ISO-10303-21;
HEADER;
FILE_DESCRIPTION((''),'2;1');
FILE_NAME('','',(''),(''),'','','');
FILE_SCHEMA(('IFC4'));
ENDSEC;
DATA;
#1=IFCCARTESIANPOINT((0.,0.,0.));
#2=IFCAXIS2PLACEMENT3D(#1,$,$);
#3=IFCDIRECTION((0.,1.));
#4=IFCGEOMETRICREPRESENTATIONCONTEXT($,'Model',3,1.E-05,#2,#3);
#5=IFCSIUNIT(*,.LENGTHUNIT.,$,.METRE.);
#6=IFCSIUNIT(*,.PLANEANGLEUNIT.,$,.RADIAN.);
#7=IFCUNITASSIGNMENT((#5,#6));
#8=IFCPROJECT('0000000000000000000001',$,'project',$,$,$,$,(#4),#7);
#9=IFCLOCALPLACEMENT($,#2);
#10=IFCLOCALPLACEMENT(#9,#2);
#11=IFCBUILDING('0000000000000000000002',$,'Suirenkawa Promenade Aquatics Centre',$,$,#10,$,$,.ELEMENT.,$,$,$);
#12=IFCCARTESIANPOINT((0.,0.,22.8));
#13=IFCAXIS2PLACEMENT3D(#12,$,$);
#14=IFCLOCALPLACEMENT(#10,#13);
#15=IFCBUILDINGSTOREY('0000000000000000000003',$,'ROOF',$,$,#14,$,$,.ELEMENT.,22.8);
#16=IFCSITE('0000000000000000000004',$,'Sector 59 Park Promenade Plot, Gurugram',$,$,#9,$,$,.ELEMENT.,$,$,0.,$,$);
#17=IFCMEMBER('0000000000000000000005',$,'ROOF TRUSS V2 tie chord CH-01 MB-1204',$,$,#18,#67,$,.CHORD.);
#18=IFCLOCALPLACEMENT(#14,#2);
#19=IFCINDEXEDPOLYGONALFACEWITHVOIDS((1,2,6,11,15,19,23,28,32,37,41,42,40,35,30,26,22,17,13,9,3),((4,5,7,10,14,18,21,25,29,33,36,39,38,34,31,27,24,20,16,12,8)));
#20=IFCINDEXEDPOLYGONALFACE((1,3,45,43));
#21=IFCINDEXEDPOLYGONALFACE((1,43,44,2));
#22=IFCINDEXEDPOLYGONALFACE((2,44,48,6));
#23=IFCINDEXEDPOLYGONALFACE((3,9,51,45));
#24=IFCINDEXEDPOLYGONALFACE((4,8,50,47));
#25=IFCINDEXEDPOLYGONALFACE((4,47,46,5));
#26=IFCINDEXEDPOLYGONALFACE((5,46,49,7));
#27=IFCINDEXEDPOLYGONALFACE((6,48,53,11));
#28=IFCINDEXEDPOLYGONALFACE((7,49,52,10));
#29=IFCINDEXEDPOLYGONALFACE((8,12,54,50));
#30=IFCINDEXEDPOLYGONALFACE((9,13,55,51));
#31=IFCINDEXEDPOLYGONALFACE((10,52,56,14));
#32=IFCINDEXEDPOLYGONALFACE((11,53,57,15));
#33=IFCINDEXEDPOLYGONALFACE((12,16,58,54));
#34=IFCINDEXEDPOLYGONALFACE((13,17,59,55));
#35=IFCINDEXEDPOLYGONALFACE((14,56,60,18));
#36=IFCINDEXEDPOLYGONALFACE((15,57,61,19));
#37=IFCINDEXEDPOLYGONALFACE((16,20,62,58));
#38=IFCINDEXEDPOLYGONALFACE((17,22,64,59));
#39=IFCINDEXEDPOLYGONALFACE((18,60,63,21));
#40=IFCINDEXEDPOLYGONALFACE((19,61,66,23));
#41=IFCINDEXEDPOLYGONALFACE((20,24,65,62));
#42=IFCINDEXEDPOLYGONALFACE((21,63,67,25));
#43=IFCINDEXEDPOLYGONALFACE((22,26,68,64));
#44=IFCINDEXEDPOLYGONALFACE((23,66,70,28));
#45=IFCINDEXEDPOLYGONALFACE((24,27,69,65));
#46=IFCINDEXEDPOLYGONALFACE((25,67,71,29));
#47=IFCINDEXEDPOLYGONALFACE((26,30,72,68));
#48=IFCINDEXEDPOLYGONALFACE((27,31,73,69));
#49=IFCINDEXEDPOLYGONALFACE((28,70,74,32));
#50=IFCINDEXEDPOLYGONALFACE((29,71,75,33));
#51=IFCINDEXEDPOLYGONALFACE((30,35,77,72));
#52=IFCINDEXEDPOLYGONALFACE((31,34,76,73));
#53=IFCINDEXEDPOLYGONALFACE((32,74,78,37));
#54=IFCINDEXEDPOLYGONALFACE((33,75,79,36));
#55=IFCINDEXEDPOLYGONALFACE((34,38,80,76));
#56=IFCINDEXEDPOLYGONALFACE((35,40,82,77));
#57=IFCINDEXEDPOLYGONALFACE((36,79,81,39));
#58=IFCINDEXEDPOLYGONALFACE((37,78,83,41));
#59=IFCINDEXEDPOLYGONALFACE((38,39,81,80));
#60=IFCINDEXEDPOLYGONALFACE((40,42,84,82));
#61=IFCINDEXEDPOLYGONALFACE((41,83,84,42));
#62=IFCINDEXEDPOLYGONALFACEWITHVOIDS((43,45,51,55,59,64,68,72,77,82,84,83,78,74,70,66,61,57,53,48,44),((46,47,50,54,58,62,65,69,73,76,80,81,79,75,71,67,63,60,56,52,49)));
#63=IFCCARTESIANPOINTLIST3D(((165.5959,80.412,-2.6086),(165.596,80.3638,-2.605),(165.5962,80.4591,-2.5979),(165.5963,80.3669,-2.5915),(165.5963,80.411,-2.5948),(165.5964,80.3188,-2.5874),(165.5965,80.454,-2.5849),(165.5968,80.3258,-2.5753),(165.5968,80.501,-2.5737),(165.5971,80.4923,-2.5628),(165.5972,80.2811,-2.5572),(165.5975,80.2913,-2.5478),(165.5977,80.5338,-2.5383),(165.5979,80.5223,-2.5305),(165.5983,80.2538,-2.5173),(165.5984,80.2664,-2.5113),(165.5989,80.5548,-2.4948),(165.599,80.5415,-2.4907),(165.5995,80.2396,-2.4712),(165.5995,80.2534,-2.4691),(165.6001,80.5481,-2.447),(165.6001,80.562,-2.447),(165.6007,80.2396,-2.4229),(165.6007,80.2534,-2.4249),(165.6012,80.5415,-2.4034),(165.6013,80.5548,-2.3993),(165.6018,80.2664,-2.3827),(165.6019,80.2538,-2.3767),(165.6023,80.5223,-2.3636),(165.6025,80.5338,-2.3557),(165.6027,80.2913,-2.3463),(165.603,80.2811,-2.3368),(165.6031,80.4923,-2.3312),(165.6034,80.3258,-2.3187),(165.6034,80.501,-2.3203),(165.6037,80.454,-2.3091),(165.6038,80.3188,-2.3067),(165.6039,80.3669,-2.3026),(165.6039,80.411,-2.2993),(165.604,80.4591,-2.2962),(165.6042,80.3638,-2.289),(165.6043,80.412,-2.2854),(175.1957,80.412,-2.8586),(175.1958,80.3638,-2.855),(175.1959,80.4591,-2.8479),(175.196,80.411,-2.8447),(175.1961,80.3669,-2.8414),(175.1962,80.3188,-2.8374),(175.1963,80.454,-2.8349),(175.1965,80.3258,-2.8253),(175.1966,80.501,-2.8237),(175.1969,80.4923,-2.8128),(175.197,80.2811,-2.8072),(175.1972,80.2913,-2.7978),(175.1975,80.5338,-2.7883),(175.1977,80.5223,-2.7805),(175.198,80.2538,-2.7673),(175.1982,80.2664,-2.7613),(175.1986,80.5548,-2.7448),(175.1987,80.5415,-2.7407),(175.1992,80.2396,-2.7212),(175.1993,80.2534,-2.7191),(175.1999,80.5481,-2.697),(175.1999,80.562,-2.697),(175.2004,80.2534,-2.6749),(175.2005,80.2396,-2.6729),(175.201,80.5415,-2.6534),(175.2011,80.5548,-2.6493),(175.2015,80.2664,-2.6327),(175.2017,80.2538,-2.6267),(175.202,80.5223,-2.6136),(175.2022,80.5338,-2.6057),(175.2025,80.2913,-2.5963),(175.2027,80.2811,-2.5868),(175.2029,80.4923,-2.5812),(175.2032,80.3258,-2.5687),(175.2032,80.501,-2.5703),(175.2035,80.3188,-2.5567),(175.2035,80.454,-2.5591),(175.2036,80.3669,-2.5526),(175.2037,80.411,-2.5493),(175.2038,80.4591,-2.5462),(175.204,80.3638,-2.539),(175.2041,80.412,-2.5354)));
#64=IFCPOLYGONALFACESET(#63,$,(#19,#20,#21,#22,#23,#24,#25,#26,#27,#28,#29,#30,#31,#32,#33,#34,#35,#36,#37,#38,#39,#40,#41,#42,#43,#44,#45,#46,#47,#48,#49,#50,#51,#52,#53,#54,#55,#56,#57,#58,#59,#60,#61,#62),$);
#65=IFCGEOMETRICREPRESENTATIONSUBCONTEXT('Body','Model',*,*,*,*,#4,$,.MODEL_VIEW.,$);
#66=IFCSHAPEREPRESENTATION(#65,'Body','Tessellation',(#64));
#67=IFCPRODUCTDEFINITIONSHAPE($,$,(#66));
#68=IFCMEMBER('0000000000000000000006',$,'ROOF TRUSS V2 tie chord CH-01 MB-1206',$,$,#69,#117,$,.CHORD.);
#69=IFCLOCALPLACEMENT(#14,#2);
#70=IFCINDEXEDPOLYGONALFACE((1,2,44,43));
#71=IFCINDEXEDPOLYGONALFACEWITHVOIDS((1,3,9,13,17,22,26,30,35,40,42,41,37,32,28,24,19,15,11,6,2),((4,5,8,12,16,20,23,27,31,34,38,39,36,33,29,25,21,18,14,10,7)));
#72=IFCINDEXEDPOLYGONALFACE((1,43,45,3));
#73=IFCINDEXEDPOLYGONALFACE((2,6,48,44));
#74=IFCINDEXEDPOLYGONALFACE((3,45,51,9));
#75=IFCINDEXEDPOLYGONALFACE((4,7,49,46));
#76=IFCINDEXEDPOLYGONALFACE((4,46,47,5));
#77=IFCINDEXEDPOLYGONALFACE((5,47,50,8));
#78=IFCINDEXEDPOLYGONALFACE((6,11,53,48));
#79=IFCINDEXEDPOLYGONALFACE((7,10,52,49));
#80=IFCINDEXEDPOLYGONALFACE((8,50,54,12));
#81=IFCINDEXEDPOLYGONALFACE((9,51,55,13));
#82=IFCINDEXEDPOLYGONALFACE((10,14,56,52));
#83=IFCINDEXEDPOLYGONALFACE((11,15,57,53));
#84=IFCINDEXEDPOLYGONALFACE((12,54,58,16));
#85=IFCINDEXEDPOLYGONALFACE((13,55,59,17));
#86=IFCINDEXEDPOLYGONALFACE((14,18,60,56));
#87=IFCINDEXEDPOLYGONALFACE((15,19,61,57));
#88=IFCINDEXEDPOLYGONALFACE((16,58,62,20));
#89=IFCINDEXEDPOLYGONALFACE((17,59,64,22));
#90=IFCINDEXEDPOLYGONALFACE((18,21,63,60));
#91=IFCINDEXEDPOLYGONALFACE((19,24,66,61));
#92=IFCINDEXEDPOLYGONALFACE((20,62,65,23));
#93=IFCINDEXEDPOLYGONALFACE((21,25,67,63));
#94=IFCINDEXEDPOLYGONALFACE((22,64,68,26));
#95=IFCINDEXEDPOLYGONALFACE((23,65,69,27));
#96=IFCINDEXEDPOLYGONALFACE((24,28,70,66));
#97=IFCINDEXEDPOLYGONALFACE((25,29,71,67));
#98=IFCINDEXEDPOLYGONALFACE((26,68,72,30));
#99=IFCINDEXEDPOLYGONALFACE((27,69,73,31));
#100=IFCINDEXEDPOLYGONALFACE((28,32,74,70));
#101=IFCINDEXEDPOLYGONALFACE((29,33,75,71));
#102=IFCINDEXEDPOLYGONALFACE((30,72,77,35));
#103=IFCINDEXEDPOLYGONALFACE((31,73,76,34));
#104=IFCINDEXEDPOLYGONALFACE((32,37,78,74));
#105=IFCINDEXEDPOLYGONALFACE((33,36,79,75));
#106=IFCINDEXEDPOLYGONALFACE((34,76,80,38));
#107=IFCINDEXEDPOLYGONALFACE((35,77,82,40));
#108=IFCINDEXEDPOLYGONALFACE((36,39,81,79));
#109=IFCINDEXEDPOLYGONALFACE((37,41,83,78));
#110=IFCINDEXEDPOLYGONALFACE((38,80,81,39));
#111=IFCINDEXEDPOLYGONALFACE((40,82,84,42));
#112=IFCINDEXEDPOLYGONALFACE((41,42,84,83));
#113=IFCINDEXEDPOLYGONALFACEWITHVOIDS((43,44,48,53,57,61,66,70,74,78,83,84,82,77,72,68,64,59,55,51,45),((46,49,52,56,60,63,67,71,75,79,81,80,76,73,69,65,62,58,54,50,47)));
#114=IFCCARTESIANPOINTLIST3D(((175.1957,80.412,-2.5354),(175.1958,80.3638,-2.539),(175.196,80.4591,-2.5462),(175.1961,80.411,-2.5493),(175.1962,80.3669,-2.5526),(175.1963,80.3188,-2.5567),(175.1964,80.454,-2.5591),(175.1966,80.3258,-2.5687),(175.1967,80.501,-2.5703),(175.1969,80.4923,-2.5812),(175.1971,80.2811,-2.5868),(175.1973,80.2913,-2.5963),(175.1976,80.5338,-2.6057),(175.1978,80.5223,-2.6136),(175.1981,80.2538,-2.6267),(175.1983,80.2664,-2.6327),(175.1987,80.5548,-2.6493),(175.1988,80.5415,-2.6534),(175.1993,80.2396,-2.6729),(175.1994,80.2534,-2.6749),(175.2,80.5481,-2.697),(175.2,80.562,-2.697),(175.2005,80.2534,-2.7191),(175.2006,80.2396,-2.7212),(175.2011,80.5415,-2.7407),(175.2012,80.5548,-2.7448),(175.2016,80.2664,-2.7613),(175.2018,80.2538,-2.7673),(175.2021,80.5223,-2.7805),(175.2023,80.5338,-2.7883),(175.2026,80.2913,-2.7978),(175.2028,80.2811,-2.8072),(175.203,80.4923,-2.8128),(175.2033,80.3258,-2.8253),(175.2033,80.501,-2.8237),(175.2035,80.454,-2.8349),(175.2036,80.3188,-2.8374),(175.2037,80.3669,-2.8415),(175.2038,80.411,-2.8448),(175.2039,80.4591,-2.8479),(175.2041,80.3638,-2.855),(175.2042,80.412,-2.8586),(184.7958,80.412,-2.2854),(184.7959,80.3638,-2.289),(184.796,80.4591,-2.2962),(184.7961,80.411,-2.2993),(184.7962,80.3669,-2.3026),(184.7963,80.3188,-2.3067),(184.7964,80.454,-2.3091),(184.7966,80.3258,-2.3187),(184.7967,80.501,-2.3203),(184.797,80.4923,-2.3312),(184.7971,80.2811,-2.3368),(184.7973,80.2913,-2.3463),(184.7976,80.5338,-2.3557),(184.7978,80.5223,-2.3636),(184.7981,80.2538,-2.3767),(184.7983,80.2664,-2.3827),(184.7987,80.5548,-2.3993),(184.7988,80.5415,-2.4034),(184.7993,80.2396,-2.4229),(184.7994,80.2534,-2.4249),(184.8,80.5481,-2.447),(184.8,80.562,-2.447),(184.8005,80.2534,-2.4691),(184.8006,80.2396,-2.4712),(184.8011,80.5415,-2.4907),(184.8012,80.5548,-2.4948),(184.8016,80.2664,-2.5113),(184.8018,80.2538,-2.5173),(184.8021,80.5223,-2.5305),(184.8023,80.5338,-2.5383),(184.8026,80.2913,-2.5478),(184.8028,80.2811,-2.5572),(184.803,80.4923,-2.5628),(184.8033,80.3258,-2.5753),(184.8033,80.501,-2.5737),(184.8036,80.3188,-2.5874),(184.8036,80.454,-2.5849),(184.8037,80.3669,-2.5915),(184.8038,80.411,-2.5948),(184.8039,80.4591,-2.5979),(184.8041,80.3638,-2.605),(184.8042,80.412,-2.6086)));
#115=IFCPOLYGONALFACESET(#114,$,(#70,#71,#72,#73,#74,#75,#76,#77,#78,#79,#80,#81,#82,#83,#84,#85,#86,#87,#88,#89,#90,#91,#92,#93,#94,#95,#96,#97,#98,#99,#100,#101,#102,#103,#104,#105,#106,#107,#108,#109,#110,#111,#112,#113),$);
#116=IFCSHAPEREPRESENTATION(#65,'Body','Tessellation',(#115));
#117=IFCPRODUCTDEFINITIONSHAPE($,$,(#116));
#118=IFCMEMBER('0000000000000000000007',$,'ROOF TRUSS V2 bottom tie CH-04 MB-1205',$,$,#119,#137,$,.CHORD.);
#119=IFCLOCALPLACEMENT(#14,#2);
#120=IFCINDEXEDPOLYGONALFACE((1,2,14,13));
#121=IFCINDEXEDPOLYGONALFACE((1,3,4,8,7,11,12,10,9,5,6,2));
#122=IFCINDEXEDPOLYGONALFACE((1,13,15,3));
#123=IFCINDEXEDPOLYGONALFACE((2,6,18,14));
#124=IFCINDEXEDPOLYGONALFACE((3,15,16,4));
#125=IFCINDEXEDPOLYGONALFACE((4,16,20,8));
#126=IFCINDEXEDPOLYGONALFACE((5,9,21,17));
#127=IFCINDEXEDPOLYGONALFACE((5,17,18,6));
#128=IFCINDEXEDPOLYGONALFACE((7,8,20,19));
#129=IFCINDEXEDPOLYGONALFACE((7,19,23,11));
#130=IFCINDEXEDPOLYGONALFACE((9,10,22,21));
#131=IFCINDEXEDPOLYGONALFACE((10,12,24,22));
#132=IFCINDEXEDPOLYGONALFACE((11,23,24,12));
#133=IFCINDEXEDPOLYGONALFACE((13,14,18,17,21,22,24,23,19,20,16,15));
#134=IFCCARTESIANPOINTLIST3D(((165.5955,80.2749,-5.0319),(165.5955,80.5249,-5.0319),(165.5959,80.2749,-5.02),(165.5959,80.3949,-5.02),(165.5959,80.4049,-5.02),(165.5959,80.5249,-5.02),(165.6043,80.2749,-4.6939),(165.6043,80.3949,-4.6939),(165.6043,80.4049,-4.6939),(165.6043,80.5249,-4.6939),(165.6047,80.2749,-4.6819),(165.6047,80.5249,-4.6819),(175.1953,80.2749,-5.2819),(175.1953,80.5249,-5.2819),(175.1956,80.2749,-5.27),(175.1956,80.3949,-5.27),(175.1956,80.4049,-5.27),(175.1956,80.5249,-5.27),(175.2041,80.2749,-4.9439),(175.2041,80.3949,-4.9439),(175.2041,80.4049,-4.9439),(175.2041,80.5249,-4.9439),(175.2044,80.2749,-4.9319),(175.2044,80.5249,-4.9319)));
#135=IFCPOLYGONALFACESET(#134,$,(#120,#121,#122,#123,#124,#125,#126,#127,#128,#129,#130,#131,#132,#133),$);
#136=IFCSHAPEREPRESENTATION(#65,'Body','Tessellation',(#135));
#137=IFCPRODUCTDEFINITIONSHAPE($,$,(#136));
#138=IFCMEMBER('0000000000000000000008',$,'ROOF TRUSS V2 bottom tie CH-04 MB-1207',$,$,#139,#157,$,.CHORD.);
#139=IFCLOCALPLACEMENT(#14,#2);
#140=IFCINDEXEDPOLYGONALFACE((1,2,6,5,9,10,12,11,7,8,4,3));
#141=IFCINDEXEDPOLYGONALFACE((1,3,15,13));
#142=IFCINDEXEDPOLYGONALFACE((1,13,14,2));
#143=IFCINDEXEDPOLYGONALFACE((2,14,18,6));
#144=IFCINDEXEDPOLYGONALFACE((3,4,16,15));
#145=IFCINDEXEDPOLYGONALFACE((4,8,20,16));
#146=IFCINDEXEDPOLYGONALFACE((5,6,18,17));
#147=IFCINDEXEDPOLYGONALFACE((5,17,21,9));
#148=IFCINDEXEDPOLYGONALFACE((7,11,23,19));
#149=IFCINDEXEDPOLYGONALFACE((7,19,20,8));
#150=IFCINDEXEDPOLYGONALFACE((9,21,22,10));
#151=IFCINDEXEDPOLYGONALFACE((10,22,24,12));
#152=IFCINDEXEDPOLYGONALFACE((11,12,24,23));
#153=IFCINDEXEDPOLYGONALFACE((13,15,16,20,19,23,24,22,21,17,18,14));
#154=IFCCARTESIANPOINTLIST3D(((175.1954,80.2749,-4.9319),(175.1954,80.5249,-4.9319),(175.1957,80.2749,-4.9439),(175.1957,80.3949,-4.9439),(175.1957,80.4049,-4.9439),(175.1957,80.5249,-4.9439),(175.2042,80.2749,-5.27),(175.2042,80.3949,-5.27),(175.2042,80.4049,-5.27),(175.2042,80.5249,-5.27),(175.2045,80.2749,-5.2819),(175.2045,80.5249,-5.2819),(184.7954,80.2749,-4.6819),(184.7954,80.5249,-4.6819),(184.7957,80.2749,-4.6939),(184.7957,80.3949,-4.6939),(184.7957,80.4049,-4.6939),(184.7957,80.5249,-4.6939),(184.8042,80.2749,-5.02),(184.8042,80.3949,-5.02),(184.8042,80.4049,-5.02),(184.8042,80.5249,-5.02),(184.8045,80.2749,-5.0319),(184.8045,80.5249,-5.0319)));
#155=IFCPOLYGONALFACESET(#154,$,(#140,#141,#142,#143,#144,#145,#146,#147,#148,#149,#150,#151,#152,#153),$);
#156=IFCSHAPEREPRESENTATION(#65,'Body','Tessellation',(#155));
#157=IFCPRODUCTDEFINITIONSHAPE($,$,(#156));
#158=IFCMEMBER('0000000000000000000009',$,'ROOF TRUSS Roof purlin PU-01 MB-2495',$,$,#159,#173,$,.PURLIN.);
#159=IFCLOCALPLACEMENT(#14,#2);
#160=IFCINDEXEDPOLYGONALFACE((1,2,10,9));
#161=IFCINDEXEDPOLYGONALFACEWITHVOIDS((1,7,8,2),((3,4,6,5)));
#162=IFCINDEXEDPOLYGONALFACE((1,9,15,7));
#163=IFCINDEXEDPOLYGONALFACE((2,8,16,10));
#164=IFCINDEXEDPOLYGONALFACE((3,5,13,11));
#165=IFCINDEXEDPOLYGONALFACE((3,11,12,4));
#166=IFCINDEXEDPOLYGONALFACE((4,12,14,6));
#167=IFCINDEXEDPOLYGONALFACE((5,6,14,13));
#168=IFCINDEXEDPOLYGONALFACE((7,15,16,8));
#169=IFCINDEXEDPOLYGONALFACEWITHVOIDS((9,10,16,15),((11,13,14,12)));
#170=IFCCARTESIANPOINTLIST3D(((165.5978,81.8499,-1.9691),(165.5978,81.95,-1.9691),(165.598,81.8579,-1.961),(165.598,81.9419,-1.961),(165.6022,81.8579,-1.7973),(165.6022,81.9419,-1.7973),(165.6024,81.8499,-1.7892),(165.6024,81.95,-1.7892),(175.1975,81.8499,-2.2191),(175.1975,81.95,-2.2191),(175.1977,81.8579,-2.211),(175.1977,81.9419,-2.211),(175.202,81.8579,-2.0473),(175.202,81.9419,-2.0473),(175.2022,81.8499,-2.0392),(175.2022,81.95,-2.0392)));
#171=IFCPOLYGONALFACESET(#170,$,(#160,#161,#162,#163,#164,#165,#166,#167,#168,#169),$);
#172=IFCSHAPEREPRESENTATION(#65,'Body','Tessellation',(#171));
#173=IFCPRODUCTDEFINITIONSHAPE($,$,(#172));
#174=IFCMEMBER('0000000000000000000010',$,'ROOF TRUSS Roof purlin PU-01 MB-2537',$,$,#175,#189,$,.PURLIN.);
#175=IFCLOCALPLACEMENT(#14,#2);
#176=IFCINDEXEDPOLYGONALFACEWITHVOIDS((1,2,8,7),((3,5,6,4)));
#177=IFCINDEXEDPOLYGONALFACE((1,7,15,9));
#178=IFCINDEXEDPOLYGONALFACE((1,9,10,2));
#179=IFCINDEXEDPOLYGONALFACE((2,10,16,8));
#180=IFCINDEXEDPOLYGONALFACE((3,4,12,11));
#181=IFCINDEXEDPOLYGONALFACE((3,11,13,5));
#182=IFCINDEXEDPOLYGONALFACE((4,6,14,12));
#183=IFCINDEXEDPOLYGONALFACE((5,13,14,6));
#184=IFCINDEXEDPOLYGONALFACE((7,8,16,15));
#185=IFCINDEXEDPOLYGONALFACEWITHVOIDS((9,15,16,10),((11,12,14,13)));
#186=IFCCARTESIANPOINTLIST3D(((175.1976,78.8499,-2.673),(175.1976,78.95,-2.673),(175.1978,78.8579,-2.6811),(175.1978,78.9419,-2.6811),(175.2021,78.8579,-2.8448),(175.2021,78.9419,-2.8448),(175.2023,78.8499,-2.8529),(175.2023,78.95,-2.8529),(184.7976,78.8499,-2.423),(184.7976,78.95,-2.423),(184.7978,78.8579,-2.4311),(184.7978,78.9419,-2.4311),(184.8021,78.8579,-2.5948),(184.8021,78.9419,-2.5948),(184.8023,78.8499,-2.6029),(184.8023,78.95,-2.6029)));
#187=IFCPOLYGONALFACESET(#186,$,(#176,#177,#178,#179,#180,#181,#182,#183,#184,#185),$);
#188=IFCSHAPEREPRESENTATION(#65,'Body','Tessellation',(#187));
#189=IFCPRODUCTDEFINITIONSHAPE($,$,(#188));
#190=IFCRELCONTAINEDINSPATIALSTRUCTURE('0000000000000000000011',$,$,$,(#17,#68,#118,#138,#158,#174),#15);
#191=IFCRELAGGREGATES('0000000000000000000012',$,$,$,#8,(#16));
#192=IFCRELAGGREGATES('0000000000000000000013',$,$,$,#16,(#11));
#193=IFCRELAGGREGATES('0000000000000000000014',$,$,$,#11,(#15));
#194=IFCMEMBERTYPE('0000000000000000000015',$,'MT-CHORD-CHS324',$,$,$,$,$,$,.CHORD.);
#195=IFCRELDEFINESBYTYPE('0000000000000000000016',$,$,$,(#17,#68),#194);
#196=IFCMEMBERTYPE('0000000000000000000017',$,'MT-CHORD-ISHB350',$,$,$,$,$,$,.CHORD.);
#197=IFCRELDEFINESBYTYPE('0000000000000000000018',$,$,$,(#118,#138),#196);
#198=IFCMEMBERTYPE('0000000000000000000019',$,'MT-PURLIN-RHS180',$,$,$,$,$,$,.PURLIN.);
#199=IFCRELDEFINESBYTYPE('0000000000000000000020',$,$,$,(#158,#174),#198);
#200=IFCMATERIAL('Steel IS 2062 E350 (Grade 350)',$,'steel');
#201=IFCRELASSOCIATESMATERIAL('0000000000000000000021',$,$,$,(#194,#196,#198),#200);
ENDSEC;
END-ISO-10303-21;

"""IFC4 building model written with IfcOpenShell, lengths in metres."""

from ifc_helpers import new_model, si_unit, direction, frame, origin, origin_2d, place, context, subcontext, project, spatial, hollow_rectangle, hollow_circle, i_section, extrude, material, material_profile, profile_set, type_object, element, save


model = new_model("IFC4")

# Units and contexts
model_context = context("Model", 3, precision=1e-05, world=origin(), true_north=direction((0.0, 1.0)))
body_context = subcontext(model_context, "Body", "Model", "MODEL_VIEW")
ifc_project = project(units=[si_unit("LENGTHUNIT", "METRE"), si_unit("PLANEANGLEUNIT", "RADIAN")], contexts=[model_context])

# Site, building, storey
site_placement = place(None, origin())
site = spatial("IfcSite", under=ifc_project, at=site_placement, Name="Sector 59 Park Promenade Plot, Gurugram", CompositionType="ELEMENT", RefElevation=0.0)
building_placement = place(site_placement, origin())
building = spatial("IfcBuilding", under=site, at=building_placement, Name="Suirenkawa Promenade Aquatics Centre", CompositionType="ELEMENT")
storey_placement = place(building_placement, frame((0.0, 0.0, 22.8)))
storey = spatial("IfcBuildingStorey", under=building, at=storey_placement, Name="ROOF", CompositionType="ELEMENT", Elevation=22.8)

# Shared definitions
ifc_material = material(Name="Steel IS 2062 E350 (Grade 350)", Category="steel")

# Members
ifc_material_profile_1 = material_profile(ifc_material, hollow_circle(Radius=0.1621, WallThickness=0.0139, at=origin_2d()), Name="CHS 324x14", Category="steel")
ifc_profile_set_1 = profile_set([ifc_material_profile_1], Name="Steel IS 2062 E350 (Grade 350)")
member_type_1 = type_object("IfcMemberType", Name="MT-CHORD-CHS324", PredefinedType="CHORD", material=ifc_profile_set_1)
member_1_placement = place(storey_placement, frame((165.6001, 80.3999, -2.447), z_axis=(0.999661, 0.0, -0.026033), x_axis=(0.0, 1.0, 0.0)))
element("IfcMember", 1, at=member_1_placement, inside=storey, type_object=member_type_1, Name="ROOF TRUSS V2 tie chord CH-01 MB-1204", PredefinedType="CHORD", context=body_context, shape_type="SweptSolid", body=[
    extrude(hollow_circle(Radius=0.1621, WallThickness=0.0139, at=origin_2d()), origin(), (0.0, 0.0, 1.0), 9.603),
])
member_2_placement = place(storey_placement, frame((175.2, 80.3999, -2.697), z_axis=(0.999661, 0.0, 0.026033), x_axis=(0.0, 1.0, 0.0)))
element("IfcMember", 2, at=member_2_placement, inside=storey, type_object=member_type_1, Name="ROOF TRUSS V2 tie chord CH-01 MB-1206", PredefinedType="CHORD", context=body_context, shape_type="SweptSolid", body=[
    extrude(hollow_circle(Radius=0.1621, WallThickness=0.0139, at=origin_2d()), origin(), (0.0, 0.0, 1.0), 9.6033),
])
ifc_material_profile_2 = material_profile(ifc_material, i_section(OverallWidth=0.25, OverallDepth=0.3501, WebThickness=0.01, FlangeThickness=0.012, at=origin_2d()), Name="ISHB 350", Category="steel")
ifc_profile_set_2 = profile_set([ifc_material_profile_2], Name="Steel IS 2062 E350 (Grade 350)")
member_type_2 = type_object("IfcMemberType", Name="MT-CHORD-ISHB350", PredefinedType="CHORD", material=ifc_profile_set_2)
member_3_placement = place(storey_placement, frame((165.6001, 80.3999, -4.8569), z_axis=(0.999661, 0.0, -0.026033), x_axis=(0.0, 1.0, 0.0)))
element("IfcMember", 3, at=member_3_placement, inside=storey, type_object=member_type_2, Name="ROOF TRUSS V2 bottom tie CH-04 MB-1205", PredefinedType="CHORD", context=body_context, shape_type="SweptSolid", body=[
    extrude(i_section(OverallWidth=0.25, OverallDepth=0.3501, WebThickness=0.01, FlangeThickness=0.012, at=origin_2d()), origin(), (0.0, 0.0, 1.0), 9.603),
])
member_4_placement = place(storey_placement, frame((175.2, 80.3999, -5.1069), z_axis=(0.999661, 0.0, 0.026033), x_axis=(0.0, 1.0, 0.0)))
element("IfcMember", 4, at=member_4_placement, inside=storey, type_object=member_type_2, Name="ROOF TRUSS V2 bottom tie CH-04 MB-1207", PredefinedType="CHORD", context=body_context, shape_type="SweptSolid", body=[
    extrude(i_section(OverallWidth=0.25, OverallDepth=0.3501, WebThickness=0.01, FlangeThickness=0.012, at=origin_2d()), origin(), (0.0, 0.0, 1.0), 9.6033),
])
ifc_material_profile_3 = material_profile(ifc_material, hollow_rectangle(XDim=0.1001, YDim=0.1799, WallThickness=0.0081, at=origin_2d()), Name="RHS 180x100x8", Category="steel")
ifc_profile_set_3 = profile_set([ifc_material_profile_3], Name="Steel IS 2062 E350 (Grade 350)")
member_type_3 = type_object("IfcMemberType", Name="MT-PURLIN-RHS180", PredefinedType="PURLIN", material=ifc_profile_set_3)
member_5_placement = place(storey_placement, frame((165.6001, 81.8999, -1.8792), z_axis=(0.999661, 0.0, -0.026033), x_axis=(0.0, 1.0, 0.0)))
element("IfcMember", 5, at=member_5_placement, inside=storey, type_object=member_type_3, Name="ROOF TRUSS Roof purlin PU-01 MB-2495", PredefinedType="PURLIN", context=body_context, shape_type="SweptSolid", body=[
    extrude(hollow_rectangle(XDim=0.1001, YDim=0.1799, WallThickness=0.0081, at=origin_2d()), origin(), (0.0, 0.0, 1.0), 9.603),
])
member_6_placement = place(storey_placement, frame((175.2, 78.8999, -2.7629), z_axis=(0.999661, 0.0, 0.026033), x_axis=(0.0, 1.0, 0.0)))
element("IfcMember", 6, at=member_6_placement, inside=storey, type_object=member_type_3, Name="ROOF TRUSS Roof purlin PU-01 MB-2537", PredefinedType="PURLIN", context=body_context, shape_type="SweptSolid", body=[
    extrude(hollow_rectangle(XDim=0.1001, YDim=0.1799, WallThickness=0.0081, at=origin_2d()), origin(), (0.0, 0.0, 1.0), 9.6033),
])

save(model, "model.ifc")
